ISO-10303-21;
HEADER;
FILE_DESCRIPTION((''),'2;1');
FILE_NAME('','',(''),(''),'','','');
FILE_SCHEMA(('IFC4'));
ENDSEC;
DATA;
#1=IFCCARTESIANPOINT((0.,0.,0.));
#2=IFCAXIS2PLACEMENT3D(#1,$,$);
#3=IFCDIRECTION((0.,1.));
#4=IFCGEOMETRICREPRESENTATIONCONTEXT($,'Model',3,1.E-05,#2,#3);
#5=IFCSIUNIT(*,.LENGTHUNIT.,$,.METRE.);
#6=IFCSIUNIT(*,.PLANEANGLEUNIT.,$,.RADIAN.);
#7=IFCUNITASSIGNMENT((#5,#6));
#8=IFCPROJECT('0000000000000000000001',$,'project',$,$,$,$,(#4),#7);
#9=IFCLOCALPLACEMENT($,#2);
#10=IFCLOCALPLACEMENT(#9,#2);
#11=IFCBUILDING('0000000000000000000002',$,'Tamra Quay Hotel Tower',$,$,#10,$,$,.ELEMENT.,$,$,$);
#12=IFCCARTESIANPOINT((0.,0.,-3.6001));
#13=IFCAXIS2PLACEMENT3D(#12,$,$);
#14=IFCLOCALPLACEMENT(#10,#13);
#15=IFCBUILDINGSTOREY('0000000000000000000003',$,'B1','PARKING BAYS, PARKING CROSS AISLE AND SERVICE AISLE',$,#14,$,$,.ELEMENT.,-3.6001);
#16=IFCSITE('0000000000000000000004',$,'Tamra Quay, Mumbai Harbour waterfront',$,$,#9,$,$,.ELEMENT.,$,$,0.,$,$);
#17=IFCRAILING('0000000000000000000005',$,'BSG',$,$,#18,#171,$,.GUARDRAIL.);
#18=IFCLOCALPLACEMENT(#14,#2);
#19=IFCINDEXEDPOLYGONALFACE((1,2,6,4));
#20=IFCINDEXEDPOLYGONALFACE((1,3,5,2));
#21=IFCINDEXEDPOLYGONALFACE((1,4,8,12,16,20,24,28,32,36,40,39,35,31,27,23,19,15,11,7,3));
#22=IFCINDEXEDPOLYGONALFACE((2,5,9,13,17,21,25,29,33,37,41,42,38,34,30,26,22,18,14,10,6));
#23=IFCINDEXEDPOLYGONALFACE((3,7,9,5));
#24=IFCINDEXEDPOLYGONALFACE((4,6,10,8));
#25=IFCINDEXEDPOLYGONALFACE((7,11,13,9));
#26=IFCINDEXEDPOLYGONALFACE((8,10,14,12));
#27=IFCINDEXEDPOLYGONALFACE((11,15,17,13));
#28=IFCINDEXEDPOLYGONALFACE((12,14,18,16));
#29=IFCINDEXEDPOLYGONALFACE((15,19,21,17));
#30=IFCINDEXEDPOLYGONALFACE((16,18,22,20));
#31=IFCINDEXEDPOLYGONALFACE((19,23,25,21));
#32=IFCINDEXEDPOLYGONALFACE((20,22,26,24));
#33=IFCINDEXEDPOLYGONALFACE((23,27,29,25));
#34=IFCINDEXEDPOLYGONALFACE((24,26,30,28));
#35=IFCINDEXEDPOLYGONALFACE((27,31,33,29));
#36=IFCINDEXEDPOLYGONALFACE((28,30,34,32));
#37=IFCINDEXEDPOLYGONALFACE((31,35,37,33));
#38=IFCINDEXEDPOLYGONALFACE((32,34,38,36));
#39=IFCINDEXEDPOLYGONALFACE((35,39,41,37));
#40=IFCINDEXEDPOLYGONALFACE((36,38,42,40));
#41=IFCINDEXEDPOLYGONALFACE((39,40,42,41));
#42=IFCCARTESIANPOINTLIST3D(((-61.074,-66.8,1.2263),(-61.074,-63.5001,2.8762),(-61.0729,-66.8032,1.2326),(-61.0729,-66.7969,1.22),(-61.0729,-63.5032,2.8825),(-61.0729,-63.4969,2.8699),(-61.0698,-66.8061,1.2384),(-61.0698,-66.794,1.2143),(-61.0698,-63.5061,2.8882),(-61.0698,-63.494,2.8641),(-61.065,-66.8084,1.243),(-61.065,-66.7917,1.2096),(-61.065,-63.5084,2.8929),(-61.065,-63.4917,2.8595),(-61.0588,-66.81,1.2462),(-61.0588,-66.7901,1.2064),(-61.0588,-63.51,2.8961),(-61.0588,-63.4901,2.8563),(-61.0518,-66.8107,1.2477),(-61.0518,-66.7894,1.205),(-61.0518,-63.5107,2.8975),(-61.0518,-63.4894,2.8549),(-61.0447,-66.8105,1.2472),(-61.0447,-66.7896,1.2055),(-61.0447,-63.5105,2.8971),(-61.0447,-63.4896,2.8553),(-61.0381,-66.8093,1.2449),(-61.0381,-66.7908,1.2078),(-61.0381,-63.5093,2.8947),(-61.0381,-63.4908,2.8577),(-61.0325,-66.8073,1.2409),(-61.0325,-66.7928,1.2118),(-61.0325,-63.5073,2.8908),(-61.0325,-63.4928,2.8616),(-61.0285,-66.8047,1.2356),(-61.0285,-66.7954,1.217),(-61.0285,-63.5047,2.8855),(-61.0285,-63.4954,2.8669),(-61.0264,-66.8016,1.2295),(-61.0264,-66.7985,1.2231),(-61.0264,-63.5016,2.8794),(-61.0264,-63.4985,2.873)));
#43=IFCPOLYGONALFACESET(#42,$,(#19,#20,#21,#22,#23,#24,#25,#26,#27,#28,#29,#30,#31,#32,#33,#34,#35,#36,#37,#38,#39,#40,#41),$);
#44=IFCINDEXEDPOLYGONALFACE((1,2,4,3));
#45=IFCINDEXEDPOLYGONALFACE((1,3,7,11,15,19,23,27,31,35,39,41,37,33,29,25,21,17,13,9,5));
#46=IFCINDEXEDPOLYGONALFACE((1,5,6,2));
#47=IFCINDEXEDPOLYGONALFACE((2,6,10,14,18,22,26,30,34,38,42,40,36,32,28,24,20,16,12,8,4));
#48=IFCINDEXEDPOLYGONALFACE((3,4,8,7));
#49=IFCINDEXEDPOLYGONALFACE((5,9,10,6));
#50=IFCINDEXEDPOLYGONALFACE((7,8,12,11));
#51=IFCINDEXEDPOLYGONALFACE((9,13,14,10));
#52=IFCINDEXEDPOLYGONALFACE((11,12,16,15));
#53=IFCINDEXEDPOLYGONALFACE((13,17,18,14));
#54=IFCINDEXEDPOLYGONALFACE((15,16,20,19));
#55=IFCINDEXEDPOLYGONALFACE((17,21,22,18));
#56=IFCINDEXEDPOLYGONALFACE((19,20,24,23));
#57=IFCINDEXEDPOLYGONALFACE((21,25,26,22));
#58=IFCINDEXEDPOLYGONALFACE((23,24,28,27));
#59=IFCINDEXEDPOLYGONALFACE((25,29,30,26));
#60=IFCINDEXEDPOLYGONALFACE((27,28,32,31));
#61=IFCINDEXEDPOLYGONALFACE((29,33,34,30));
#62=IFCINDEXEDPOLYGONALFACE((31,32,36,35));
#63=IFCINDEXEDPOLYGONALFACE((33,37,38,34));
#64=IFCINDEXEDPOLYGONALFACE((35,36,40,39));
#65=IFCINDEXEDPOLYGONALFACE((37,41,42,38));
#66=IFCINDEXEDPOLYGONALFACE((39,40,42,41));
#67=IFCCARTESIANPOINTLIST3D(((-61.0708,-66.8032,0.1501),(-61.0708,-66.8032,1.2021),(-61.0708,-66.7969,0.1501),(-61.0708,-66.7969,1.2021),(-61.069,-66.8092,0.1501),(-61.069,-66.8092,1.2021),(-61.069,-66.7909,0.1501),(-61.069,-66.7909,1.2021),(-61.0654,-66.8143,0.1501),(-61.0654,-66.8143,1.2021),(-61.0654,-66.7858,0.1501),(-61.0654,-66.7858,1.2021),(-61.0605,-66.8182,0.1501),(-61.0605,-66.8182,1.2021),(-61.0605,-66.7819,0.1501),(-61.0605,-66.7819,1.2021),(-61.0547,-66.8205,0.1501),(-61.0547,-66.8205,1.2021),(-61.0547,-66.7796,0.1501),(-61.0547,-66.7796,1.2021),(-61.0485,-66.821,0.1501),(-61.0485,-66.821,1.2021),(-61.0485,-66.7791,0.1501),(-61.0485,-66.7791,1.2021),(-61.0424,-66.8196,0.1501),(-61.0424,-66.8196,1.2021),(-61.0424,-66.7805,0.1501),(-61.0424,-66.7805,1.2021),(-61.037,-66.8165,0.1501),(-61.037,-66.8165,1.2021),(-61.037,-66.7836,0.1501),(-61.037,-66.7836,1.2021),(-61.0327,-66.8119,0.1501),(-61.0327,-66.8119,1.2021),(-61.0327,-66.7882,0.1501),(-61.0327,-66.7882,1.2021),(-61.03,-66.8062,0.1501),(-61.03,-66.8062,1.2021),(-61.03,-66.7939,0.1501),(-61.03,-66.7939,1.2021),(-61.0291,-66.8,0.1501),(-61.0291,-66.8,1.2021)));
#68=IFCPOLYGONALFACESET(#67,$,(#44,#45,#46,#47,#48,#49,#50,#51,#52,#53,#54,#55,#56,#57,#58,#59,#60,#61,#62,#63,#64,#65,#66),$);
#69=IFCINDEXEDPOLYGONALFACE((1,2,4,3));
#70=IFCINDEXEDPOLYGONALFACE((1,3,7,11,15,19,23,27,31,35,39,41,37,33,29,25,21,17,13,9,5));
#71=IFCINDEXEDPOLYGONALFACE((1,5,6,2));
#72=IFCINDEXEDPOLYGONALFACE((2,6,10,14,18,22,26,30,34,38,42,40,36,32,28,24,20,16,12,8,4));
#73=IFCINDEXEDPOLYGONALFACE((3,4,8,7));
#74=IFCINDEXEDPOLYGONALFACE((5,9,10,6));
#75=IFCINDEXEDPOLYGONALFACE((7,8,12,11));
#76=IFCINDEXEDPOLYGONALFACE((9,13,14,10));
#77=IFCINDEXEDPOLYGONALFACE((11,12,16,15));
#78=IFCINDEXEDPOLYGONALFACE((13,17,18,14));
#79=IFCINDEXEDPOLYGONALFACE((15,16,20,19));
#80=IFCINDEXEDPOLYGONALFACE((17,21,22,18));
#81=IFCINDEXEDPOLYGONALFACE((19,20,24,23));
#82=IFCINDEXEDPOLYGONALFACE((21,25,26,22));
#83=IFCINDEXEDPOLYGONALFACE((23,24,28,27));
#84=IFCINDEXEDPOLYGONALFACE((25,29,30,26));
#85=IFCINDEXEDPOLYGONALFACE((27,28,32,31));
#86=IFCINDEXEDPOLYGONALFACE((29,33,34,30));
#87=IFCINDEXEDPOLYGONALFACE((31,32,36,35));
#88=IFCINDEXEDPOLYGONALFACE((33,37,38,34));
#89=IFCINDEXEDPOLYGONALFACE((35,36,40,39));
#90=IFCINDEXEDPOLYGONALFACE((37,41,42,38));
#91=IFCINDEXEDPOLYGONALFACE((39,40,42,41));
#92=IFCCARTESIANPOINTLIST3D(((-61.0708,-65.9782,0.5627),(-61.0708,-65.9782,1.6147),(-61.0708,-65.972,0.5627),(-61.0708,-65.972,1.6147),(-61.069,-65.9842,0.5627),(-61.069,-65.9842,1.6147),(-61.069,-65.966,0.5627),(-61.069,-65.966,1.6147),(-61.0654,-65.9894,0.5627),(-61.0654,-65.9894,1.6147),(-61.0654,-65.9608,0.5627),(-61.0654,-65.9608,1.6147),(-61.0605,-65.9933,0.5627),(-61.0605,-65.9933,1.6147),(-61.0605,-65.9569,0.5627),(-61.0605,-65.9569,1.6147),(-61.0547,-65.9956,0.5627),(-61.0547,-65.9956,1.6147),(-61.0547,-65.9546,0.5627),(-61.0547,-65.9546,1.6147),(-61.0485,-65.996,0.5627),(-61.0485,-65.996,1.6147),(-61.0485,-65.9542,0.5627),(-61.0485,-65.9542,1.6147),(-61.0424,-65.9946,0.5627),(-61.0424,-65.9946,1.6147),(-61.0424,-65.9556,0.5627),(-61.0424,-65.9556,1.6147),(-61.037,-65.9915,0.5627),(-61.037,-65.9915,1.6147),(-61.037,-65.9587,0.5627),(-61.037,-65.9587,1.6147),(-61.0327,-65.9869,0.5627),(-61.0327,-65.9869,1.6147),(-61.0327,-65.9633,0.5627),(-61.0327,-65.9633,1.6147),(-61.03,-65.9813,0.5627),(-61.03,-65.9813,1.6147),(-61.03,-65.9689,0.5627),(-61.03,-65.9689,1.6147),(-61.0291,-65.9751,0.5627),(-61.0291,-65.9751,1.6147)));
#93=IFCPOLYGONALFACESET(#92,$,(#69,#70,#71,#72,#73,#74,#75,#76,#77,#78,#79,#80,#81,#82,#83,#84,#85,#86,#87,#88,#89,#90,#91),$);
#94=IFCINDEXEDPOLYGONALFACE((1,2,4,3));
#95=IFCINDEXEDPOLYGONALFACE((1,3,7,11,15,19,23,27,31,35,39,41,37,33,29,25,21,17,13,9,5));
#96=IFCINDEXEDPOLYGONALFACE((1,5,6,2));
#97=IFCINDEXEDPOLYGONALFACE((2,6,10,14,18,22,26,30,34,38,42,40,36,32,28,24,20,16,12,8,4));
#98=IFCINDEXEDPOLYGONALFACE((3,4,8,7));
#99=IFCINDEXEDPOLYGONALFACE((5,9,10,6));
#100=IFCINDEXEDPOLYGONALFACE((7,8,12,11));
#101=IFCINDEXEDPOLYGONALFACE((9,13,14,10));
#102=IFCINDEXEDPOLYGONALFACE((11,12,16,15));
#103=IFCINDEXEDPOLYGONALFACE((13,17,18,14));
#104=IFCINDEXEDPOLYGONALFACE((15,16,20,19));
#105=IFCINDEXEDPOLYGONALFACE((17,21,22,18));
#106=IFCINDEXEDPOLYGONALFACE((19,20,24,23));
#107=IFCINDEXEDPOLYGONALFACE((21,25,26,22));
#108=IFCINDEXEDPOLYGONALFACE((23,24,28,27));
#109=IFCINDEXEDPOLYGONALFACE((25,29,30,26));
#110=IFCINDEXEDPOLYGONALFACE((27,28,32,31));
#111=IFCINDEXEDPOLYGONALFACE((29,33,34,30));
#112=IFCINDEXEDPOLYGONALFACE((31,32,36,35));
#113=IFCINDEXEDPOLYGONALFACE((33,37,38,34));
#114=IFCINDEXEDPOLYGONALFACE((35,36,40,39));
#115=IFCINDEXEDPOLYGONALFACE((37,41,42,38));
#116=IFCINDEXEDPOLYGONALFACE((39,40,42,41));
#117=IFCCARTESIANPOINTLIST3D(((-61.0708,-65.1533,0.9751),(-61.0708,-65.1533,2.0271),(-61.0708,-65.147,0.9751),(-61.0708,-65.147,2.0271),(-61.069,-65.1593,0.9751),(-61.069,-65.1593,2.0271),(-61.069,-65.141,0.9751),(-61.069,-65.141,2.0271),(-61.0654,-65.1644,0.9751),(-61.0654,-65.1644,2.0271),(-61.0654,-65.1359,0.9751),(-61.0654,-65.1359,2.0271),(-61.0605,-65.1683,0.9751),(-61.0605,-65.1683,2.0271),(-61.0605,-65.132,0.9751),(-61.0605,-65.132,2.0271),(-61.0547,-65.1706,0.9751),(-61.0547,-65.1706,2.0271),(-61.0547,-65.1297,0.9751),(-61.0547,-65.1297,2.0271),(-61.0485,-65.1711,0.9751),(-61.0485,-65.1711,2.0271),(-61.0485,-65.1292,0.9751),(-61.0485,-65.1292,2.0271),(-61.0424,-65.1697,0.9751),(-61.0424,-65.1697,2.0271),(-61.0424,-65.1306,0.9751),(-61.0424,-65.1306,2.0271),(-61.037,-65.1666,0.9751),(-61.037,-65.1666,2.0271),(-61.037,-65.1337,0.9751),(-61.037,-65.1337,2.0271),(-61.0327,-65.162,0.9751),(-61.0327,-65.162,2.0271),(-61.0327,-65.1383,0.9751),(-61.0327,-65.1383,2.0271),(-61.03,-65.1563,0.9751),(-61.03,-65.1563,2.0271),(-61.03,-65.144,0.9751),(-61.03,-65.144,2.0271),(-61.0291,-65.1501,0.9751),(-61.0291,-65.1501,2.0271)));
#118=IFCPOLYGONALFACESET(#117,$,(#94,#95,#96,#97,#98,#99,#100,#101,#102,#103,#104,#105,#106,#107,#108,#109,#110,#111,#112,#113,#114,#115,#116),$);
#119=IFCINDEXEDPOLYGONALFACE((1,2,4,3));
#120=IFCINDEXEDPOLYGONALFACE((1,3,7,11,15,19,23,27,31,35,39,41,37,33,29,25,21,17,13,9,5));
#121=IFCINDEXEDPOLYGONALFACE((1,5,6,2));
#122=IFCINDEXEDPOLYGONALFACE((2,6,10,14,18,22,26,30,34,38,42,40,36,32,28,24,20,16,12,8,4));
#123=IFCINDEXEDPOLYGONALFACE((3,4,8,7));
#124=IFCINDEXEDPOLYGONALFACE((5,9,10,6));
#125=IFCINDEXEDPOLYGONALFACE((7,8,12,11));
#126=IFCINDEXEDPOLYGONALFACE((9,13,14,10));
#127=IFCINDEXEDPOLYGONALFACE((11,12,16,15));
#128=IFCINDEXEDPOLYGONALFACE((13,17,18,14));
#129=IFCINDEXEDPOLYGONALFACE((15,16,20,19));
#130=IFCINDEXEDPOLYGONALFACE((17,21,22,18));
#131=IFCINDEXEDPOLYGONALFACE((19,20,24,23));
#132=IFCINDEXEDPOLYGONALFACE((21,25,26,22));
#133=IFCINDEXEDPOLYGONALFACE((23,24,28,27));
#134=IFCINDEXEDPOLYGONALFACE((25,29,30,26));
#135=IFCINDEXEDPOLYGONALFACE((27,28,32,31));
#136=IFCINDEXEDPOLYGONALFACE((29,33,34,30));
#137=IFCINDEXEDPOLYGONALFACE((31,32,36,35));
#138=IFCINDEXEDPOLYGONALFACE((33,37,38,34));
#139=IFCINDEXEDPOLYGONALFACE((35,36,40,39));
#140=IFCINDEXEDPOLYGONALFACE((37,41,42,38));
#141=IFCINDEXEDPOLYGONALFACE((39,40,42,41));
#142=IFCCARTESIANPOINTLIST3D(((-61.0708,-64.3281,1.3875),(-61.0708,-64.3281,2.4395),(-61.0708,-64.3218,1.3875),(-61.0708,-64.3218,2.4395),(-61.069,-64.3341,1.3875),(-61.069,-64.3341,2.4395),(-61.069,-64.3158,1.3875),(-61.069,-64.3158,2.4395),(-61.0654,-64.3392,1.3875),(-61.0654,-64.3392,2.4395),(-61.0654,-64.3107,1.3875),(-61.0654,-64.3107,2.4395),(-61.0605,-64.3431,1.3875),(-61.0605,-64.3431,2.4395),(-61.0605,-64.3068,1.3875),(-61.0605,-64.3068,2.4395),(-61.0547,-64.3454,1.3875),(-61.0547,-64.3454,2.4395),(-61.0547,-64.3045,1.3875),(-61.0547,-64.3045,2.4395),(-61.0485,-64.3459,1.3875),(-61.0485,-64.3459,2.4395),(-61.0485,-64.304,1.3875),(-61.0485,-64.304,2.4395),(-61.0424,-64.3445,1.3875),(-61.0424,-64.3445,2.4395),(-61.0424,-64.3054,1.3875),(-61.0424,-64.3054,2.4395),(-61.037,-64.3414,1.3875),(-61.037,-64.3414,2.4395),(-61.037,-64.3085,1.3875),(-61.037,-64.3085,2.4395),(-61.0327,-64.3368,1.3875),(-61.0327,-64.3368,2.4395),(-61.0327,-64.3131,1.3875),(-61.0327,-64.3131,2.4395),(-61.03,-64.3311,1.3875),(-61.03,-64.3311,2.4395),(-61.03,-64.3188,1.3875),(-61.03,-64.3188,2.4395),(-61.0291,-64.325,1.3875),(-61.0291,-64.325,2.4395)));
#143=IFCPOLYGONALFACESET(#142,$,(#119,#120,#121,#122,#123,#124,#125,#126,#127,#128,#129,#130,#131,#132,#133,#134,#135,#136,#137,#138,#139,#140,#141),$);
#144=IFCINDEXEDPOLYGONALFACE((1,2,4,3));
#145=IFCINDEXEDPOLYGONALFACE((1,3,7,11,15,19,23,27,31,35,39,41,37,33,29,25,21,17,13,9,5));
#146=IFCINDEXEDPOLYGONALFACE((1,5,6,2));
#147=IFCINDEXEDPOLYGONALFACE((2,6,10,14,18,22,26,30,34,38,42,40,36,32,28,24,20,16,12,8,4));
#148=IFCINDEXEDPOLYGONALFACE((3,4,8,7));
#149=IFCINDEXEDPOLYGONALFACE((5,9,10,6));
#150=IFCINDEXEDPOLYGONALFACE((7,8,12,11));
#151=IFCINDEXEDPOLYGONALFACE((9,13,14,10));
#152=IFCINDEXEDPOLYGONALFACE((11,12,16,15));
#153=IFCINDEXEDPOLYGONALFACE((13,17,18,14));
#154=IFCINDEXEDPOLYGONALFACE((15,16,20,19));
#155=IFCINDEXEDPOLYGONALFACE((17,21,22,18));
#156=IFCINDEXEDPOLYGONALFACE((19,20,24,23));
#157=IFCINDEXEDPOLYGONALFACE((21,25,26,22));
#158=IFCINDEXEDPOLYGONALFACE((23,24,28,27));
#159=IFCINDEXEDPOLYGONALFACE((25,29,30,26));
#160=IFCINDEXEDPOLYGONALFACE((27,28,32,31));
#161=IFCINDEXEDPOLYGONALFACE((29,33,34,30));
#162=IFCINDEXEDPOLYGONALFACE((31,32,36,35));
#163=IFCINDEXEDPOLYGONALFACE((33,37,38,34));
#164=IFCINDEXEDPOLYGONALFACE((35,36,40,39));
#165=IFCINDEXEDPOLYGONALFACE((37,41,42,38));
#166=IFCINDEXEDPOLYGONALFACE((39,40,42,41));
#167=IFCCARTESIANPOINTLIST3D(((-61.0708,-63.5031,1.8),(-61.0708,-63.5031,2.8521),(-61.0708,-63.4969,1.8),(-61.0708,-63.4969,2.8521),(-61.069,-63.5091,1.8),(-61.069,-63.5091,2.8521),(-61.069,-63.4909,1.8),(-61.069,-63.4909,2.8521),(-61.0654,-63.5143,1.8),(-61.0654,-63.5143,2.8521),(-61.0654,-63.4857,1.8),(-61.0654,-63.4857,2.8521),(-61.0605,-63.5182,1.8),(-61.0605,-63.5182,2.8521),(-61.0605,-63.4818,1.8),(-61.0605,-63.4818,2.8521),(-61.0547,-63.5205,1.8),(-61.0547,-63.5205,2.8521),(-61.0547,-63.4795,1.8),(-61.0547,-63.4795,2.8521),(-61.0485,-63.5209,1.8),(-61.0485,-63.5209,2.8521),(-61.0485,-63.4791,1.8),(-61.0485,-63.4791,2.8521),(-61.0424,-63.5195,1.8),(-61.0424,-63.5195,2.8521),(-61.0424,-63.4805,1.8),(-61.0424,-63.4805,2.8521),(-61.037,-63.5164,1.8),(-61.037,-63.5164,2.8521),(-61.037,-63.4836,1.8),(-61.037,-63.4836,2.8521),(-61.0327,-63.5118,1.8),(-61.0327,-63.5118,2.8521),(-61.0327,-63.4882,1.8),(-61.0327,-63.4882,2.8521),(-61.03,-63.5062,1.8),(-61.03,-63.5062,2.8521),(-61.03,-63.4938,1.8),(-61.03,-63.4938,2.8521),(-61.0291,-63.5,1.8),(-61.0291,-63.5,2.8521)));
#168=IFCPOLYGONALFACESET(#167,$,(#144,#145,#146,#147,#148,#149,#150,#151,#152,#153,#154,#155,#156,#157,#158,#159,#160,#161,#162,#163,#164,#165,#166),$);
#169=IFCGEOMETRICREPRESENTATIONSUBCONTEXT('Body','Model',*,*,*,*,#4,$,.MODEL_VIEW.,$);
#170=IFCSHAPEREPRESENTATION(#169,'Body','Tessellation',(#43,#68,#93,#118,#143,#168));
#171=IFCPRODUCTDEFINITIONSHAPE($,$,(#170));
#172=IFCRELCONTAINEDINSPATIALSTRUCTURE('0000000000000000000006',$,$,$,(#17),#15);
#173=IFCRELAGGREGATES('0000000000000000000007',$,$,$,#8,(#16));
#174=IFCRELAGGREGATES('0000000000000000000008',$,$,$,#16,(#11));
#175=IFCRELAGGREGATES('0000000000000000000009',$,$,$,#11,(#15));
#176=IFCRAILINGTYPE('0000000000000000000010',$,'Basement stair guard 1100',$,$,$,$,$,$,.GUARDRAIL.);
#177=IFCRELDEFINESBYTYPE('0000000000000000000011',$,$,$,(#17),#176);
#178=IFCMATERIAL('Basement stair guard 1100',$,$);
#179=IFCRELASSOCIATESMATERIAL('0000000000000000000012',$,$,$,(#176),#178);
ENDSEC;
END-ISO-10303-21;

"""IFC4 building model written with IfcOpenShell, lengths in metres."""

from ifc_helpers import new_model, si_unit, direction, frame, origin, origin_2d, place, context, subcontext, project, spatial, circle, extrude, material, type_object, element, save


model = new_model("IFC4")

# Units and contexts
model_context = context("Model", 3, precision=1e-05, world=origin(), true_north=direction((0.0, 1.0)))
body_context = subcontext(model_context, "Body", "Model", "MODEL_VIEW")
ifc_project = project(units=[si_unit("LENGTHUNIT", "METRE"), si_unit("PLANEANGLEUNIT", "RADIAN")], contexts=[model_context])

# Site, building, storey
site_placement = place(None, origin())
site = spatial("IfcSite", under=ifc_project, at=site_placement, Name="Tamra Quay, Mumbai Harbour waterfront", CompositionType="ELEMENT", RefElevation=0.0)
building_placement = place(site_placement, origin())
building = spatial("IfcBuilding", under=site, at=building_placement, Name="Tamra Quay Hotel Tower", CompositionType="ELEMENT")
storey_placement = place(building_placement, frame((0.0, 0.0, -3.6001)))
storey = spatial("IfcBuildingStorey", under=building, at=storey_placement, Name="B1", Description="PARKING BAYS, PARKING CROSS AISLE AND SERVICE AISLE", CompositionType="ELEMENT", Elevation=-3.6001)

# Railing
ifc_material_1 = material(Name="Basement stair guard 1100")
railing_type_1 = type_object("IfcRailingType", Name="Basement stair guard 1100", PredefinedType="GUARDRAIL", material=ifc_material_1)
railing_1_placement = place(storey_placement, frame((-61.05, -66.8, 0.1501)))
element("IfcRailing", 1, at=railing_1_placement, inside=storey, type_object=railing_type_1, Name="BSG", PredefinedType="GUARDRAIL", context=body_context, shape_type="SweptSolid", body=[
    extrude(circle(Radius=0.0239, at=origin_2d()), frame((0.0, 0.0, 1.0762), z_axis=(0.0, 0.89444, 0.447187), x_axis=(-1.0, 0.0, 0.0)), (0.0, 0.0, 1.0), 3.6895),
    extrude(circle(Radius=0.021, at=origin_2d()), origin(), (0.0, 0.0, 1.0), 1.052),
    extrude(circle(Radius=0.021, at=origin_2d()), frame((0.0, 0.825, 0.4126)), (0.0, 0.0, 1.0), 1.052),
    extrude(circle(Radius=0.021, at=origin_2d()), frame((0.0, 1.6499, 0.825)), (0.0, 0.0, 1.0), 1.052),
    extrude(circle(Radius=0.021, at=origin_2d()), frame((0.0, 2.4751, 1.2373)), (0.0, 0.0, 1.0), 1.052),
    extrude(circle(Radius=0.021, at=origin_2d()), frame((0.0, 3.3, 1.6499)), (0.0, 0.0, 1.0), 1.052),
])

save(model, "model.ifc")
